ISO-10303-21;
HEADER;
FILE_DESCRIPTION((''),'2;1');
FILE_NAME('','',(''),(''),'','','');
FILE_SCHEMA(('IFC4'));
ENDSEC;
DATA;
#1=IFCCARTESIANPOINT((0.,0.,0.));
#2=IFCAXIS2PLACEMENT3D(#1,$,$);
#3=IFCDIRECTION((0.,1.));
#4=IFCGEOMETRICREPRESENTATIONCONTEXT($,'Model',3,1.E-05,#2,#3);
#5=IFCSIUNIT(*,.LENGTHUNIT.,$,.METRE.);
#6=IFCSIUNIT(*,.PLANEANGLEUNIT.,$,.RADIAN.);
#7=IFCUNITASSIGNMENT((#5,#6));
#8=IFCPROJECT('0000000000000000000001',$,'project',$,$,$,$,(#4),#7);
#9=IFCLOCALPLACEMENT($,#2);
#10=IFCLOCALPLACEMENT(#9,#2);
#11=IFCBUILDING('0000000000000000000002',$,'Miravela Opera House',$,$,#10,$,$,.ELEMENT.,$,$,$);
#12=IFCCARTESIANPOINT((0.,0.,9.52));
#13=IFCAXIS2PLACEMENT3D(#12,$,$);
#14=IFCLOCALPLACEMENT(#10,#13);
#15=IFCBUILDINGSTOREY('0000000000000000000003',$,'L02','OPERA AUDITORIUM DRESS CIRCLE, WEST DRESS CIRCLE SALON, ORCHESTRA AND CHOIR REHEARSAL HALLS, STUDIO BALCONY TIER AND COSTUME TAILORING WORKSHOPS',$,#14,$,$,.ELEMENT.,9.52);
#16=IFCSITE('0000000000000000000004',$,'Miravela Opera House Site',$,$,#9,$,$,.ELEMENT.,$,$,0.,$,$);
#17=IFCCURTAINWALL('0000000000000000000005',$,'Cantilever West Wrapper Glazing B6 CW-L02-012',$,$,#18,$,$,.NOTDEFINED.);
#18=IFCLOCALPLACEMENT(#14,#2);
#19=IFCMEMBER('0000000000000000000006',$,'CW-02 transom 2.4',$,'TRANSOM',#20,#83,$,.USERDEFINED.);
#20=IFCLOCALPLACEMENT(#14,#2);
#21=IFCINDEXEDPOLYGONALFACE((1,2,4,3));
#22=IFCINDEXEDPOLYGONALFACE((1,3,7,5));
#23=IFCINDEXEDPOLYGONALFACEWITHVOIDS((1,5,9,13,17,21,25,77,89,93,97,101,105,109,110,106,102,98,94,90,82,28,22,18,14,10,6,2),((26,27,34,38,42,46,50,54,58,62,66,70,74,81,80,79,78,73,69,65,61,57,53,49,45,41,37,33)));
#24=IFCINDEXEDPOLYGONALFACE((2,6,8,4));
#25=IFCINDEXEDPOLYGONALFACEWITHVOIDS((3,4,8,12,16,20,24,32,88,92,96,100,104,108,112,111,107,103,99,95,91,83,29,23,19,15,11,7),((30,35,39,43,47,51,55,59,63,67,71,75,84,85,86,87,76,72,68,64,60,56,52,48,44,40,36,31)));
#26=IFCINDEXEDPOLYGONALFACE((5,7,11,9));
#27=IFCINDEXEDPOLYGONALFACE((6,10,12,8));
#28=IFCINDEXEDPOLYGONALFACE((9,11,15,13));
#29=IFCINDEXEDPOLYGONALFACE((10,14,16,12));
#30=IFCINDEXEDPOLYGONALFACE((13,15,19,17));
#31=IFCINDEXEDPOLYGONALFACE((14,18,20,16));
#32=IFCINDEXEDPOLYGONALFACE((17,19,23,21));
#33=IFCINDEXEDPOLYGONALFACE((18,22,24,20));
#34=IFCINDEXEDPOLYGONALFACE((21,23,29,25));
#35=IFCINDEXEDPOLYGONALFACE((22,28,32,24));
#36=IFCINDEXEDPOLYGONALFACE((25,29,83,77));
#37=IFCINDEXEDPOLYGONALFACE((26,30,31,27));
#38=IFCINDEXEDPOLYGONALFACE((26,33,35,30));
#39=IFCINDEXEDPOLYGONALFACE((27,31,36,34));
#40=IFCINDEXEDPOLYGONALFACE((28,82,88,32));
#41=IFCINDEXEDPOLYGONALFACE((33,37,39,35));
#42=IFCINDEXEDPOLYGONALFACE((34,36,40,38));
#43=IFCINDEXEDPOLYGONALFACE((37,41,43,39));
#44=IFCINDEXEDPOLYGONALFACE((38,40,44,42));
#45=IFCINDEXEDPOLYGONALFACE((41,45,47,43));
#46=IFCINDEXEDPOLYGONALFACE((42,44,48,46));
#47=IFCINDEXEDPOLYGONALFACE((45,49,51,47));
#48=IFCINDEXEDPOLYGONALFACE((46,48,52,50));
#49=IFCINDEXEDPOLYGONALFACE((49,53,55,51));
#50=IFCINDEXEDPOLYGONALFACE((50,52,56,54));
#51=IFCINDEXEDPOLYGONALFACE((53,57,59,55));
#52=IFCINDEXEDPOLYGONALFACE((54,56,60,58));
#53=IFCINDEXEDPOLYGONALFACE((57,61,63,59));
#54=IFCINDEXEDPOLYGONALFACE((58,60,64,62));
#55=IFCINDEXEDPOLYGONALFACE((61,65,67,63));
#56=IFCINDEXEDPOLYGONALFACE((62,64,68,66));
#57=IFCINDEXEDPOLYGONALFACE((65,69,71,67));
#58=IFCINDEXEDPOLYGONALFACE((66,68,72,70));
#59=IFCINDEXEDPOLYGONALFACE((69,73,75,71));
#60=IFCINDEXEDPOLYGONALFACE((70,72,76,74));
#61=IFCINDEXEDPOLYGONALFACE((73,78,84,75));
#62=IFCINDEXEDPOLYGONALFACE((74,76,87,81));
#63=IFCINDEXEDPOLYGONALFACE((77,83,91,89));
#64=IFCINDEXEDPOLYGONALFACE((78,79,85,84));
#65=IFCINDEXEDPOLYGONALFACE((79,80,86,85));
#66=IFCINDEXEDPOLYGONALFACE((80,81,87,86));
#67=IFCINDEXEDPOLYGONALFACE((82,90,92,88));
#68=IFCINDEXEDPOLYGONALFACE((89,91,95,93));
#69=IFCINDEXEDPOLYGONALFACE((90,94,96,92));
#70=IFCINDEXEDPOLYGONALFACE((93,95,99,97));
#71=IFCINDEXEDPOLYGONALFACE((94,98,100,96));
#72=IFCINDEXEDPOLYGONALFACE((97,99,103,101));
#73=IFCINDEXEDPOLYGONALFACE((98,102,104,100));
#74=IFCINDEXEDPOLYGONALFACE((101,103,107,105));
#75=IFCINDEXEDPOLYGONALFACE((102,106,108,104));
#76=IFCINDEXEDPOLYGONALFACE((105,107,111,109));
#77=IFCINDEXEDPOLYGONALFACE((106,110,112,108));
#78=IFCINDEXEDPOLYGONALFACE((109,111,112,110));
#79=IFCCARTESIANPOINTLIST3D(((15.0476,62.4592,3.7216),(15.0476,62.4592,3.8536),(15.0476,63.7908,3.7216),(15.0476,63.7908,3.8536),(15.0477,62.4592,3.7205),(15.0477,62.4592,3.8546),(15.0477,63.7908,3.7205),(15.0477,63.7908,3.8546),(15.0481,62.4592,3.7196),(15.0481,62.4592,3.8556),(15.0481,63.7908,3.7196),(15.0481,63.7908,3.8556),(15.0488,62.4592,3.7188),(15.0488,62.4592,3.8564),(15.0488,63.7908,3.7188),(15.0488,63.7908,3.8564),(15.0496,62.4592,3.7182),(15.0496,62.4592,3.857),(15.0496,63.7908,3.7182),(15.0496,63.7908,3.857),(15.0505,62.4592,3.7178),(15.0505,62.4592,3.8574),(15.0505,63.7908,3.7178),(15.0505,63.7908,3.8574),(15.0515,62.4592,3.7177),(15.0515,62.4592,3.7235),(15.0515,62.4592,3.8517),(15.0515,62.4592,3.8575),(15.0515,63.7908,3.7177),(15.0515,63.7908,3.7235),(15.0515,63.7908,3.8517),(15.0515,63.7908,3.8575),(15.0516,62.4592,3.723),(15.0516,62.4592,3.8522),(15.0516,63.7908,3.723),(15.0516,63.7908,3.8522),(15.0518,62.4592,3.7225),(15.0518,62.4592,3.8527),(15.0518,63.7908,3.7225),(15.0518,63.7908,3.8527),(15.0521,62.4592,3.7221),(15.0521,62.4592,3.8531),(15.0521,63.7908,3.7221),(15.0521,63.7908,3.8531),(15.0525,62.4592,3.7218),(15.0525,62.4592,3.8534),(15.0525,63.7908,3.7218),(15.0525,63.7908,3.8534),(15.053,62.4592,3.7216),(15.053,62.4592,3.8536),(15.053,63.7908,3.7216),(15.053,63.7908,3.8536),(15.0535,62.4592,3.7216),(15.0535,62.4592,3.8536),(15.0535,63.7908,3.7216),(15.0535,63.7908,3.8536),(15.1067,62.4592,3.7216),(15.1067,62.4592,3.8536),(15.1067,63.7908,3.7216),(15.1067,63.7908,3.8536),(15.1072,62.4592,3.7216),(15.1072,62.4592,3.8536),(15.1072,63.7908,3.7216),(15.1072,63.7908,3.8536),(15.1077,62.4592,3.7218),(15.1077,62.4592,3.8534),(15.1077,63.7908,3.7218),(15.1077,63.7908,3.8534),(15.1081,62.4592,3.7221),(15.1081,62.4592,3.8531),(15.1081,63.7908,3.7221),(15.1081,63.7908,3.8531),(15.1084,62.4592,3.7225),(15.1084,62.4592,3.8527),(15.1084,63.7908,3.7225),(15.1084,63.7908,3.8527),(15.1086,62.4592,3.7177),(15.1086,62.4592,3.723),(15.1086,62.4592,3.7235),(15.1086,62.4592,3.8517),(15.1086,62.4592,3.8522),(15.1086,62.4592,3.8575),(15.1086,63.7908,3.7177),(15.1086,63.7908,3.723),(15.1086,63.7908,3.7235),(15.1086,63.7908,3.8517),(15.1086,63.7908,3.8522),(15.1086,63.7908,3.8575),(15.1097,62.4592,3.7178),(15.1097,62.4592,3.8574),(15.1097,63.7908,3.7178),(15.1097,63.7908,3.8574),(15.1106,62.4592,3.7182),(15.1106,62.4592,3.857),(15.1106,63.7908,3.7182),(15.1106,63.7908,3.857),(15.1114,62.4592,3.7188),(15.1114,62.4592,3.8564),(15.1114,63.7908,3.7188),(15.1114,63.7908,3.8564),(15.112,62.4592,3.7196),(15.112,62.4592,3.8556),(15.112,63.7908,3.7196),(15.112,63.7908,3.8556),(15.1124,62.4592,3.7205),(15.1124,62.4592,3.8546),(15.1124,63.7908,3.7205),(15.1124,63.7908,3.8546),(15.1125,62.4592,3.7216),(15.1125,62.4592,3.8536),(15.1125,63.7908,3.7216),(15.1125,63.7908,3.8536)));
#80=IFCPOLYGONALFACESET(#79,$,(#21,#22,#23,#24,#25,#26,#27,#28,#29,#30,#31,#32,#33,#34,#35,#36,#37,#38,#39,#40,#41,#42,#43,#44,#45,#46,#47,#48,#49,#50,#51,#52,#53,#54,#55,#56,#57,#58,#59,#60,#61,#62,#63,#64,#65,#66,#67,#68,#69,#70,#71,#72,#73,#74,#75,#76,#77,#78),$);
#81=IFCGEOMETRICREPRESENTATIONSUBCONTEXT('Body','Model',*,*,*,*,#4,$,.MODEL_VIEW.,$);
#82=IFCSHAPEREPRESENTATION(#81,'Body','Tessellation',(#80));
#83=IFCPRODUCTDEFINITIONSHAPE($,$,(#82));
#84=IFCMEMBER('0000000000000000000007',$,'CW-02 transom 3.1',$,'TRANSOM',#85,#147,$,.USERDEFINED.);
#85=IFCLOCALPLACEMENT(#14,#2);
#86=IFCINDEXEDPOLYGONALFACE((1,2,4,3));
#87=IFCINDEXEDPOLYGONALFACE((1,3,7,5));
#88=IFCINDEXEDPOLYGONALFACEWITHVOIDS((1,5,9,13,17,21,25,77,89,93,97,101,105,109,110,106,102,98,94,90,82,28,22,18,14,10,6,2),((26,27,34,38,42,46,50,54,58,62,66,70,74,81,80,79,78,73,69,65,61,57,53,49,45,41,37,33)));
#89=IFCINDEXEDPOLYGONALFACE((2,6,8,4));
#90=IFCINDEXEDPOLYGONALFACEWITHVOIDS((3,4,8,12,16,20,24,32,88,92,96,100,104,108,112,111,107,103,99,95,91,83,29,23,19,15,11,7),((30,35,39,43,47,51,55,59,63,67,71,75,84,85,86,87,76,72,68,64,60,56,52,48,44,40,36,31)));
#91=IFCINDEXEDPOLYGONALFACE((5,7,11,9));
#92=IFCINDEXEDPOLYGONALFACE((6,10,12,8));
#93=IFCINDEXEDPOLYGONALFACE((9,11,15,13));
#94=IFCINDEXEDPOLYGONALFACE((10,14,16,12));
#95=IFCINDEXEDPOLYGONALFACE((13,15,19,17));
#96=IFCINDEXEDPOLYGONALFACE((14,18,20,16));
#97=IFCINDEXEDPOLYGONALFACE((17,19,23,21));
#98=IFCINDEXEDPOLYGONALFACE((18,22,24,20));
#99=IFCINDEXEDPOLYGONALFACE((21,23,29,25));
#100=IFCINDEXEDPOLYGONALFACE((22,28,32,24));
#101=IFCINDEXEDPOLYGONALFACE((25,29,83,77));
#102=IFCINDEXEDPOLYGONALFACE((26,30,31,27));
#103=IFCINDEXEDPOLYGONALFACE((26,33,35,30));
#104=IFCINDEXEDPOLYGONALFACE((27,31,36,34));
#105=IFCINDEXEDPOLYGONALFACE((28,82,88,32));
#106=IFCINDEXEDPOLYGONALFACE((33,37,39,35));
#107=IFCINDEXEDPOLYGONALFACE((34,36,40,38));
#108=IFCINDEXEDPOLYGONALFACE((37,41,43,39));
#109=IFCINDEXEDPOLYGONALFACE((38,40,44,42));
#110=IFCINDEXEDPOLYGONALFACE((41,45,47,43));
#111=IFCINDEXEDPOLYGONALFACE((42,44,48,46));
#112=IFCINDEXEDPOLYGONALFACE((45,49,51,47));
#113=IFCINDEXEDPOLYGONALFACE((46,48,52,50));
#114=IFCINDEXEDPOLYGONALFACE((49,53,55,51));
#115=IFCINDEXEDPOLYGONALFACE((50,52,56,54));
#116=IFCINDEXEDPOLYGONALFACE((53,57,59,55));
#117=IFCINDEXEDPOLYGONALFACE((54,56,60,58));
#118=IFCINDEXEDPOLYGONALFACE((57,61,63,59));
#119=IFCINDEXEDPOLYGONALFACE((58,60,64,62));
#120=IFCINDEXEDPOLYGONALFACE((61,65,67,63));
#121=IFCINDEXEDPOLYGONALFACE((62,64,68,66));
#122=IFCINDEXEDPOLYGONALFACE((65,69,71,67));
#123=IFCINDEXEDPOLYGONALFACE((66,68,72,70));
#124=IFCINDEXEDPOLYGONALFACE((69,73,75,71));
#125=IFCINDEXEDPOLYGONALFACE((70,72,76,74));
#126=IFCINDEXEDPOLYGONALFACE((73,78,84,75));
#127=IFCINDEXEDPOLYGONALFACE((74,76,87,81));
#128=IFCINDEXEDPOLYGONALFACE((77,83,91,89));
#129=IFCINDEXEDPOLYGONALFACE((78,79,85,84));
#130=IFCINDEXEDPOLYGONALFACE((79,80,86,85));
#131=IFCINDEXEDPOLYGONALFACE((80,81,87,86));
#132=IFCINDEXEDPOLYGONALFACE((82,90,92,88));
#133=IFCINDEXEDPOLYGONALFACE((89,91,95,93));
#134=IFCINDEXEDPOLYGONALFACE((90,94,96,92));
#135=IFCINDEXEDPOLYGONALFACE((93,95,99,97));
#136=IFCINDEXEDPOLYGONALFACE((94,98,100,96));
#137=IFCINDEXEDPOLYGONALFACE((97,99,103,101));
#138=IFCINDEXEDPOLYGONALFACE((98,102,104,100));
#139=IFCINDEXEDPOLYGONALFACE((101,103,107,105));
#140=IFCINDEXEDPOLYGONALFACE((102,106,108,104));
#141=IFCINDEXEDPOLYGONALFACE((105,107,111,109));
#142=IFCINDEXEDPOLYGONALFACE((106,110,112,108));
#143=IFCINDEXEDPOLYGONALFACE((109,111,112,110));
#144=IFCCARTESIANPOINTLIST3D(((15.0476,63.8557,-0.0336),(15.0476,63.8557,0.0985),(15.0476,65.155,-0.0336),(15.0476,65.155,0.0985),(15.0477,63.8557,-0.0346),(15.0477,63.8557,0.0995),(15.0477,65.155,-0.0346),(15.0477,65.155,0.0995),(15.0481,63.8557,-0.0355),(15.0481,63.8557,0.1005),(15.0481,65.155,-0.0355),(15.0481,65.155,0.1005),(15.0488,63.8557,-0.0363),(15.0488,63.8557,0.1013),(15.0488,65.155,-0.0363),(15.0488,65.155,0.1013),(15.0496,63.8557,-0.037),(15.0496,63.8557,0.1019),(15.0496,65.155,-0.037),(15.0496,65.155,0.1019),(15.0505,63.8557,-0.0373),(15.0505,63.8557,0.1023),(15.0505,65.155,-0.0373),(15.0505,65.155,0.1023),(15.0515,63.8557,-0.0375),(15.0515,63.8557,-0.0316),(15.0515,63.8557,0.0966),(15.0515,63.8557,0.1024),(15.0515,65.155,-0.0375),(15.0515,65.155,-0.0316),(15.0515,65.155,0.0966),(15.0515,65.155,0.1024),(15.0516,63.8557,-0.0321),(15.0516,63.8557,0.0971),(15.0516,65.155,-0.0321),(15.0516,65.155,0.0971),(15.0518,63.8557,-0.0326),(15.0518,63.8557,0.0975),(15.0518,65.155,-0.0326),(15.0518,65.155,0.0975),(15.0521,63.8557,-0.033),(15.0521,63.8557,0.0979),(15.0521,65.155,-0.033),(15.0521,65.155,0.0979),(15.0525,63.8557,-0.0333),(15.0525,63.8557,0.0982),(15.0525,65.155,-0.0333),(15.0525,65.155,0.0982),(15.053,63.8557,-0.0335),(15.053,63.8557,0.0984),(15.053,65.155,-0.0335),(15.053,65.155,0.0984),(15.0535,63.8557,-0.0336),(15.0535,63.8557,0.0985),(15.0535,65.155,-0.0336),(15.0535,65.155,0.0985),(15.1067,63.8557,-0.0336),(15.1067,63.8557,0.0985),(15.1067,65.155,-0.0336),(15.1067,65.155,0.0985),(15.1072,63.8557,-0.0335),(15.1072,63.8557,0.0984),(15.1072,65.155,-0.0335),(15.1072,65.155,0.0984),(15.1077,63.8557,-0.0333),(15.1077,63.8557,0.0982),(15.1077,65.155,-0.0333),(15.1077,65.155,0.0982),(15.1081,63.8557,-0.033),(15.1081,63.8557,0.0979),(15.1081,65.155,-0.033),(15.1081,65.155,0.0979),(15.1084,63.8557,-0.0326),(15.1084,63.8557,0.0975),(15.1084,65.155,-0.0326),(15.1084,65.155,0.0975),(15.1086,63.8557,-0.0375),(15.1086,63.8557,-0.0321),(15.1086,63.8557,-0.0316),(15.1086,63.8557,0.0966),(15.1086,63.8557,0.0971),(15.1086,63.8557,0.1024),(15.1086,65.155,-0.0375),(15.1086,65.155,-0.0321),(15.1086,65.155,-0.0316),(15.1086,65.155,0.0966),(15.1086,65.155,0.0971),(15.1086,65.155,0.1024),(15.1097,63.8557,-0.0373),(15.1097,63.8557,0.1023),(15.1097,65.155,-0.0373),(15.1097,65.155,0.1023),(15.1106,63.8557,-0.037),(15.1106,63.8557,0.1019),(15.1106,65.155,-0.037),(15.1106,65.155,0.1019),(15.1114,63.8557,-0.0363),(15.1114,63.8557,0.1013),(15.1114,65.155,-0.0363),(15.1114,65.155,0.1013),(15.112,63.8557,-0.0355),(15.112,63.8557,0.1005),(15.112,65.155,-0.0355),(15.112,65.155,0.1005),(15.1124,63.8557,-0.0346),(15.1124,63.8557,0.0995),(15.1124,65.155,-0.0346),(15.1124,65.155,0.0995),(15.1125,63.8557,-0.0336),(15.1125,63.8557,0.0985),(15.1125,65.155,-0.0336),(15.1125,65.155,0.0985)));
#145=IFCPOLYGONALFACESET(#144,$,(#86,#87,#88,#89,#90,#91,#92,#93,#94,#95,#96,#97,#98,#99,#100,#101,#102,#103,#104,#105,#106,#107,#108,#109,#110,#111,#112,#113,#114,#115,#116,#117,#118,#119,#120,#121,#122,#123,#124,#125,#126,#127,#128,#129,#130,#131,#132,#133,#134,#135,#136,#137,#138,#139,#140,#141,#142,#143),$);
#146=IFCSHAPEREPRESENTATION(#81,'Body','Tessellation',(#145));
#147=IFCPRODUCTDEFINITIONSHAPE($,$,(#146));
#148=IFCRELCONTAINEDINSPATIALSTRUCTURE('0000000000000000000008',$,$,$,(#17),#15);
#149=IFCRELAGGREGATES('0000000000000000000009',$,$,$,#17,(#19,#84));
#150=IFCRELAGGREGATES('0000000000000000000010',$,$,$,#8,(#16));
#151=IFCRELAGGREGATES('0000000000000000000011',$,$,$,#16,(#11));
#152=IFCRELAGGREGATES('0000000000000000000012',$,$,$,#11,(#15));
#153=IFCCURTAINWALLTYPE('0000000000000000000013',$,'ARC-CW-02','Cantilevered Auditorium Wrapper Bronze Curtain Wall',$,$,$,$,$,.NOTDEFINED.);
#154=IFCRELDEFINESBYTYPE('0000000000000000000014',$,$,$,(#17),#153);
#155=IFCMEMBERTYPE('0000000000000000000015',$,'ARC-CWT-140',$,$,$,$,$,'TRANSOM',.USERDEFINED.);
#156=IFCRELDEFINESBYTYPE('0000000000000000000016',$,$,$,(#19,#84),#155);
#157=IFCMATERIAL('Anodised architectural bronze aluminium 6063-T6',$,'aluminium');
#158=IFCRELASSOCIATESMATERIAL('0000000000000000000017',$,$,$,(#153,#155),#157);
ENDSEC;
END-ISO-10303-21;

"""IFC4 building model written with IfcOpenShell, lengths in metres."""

from ifc_helpers import new_model, si_unit, direction, frame, origin, origin_2d, place, context, subcontext, project, spatial, hollow_rectangle, extrude, material, material_profile, profile_set, type_object, element, aggregate, save


model = new_model("IFC4")

# Units and contexts
model_context = context("Model", 3, precision=1e-05, world=origin(), true_north=direction((0.0, 1.0)))
body_context = subcontext(model_context, "Body", "Model", "MODEL_VIEW")
ifc_project = project(units=[si_unit("LENGTHUNIT", "METRE"), si_unit("PLANEANGLEUNIT", "RADIAN")], contexts=[model_context])

# Site, building, storey
site_placement = place(None, origin())
site = spatial("IfcSite", under=ifc_project, at=site_placement, Name="Miravela Opera House Site", CompositionType="ELEMENT", RefElevation=0.0)
building_placement = place(site_placement, origin())
building = spatial("IfcBuilding", under=site, at=building_placement, Name="Miravela Opera House", CompositionType="ELEMENT")
storey_placement = place(building_placement, frame((0.0, 0.0, 9.52)))
storey = spatial("IfcBuildingStorey", under=building, at=storey_placement, Name="L02", Description="OPERA AUDITORIUM DRESS CIRCLE, WEST DRESS CIRCLE SALON, ORCHESTRA AND CHOIR REHEARSAL HALLS, STUDIO BALCONY TIER AND COSTUME TAILORING WORKSHOPS", CompositionType="ELEMENT", Elevation=9.52)

# Curtain wall
ifc_material_1 = material(Name="Anodised architectural bronze aluminium 6063-T6", Category="aluminium")
curtain_wall_type = type_object("IfcCurtainWallType", Name="ARC-CW-02", Description="Cantilevered Auditorium Wrapper Bronze Curtain Wall", PredefinedType="NOTDEFINED", material=ifc_material_1)
curtain_wall_1_placement = place(storey_placement, origin())
curtain_wall_1 = element("IfcCurtainWall", 1, at=curtain_wall_1_placement, inside=storey, type_object=curtain_wall_type, Name="Cantilever West Wrapper Glazing B6 CW-L02-012", PredefinedType="NOTDEFINED")

# Members
ifc_material_profile_1 = material_profile(ifc_material_1, hollow_rectangle(XDim=0.0649, YDim=0.1399, WallThickness=0.0039, InnerFilletRadius=0.002, OuterFilletRadius=0.0039, at=origin_2d()), Name="CWT-65X140")
ifc_profile_set_1 = profile_set([ifc_material_profile_1])
member_type_1 = type_object("IfcMemberType", Name="ARC-CWT-140", ElementType="TRANSOM", PredefinedType="USERDEFINED", material=ifc_profile_set_1)
member_1_placement = place(storey_placement, frame((15.0801, 62.4592, 3.7876), z_axis=(0.0, 1.0, 0.0), x_axis=(-1.0, 0.0, 0.0)))
member_1 = element("IfcMember", 2, at=member_1_placement, type_object=member_type_1, Name="CW-02 transom 2.4", ObjectType="TRANSOM", PredefinedType="USERDEFINED", context=body_context, shape_type="SweptSolid", body=[
    extrude(hollow_rectangle(XDim=0.0649, YDim=0.1399, WallThickness=0.0039, InnerFilletRadius=0.002, OuterFilletRadius=0.0039, at=origin_2d()), origin(), (0.0, 0.0, 1.0), 1.3315),
])
member_2_placement = place(storey_placement, frame((15.0801, 63.8557, 0.0325), z_axis=(0.0, 1.0, 0.0), x_axis=(-1.0, 0.0, 0.0)))
member_2 = element("IfcMember", 3, at=member_2_placement, type_object=member_type_1, Name="CW-02 transom 3.1", ObjectType="TRANSOM", PredefinedType="USERDEFINED", context=body_context, shape_type="SweptSolid", body=[
    extrude(hollow_rectangle(XDim=0.0649, YDim=0.1399, WallThickness=0.0039, InnerFilletRadius=0.002, OuterFilletRadius=0.0039, at=origin_2d()), origin(), (0.0, 0.0, 1.0), 1.2993),
])

aggregate(curtain_wall_1, [member_1, member_2])

save(model, "model.ifc")
